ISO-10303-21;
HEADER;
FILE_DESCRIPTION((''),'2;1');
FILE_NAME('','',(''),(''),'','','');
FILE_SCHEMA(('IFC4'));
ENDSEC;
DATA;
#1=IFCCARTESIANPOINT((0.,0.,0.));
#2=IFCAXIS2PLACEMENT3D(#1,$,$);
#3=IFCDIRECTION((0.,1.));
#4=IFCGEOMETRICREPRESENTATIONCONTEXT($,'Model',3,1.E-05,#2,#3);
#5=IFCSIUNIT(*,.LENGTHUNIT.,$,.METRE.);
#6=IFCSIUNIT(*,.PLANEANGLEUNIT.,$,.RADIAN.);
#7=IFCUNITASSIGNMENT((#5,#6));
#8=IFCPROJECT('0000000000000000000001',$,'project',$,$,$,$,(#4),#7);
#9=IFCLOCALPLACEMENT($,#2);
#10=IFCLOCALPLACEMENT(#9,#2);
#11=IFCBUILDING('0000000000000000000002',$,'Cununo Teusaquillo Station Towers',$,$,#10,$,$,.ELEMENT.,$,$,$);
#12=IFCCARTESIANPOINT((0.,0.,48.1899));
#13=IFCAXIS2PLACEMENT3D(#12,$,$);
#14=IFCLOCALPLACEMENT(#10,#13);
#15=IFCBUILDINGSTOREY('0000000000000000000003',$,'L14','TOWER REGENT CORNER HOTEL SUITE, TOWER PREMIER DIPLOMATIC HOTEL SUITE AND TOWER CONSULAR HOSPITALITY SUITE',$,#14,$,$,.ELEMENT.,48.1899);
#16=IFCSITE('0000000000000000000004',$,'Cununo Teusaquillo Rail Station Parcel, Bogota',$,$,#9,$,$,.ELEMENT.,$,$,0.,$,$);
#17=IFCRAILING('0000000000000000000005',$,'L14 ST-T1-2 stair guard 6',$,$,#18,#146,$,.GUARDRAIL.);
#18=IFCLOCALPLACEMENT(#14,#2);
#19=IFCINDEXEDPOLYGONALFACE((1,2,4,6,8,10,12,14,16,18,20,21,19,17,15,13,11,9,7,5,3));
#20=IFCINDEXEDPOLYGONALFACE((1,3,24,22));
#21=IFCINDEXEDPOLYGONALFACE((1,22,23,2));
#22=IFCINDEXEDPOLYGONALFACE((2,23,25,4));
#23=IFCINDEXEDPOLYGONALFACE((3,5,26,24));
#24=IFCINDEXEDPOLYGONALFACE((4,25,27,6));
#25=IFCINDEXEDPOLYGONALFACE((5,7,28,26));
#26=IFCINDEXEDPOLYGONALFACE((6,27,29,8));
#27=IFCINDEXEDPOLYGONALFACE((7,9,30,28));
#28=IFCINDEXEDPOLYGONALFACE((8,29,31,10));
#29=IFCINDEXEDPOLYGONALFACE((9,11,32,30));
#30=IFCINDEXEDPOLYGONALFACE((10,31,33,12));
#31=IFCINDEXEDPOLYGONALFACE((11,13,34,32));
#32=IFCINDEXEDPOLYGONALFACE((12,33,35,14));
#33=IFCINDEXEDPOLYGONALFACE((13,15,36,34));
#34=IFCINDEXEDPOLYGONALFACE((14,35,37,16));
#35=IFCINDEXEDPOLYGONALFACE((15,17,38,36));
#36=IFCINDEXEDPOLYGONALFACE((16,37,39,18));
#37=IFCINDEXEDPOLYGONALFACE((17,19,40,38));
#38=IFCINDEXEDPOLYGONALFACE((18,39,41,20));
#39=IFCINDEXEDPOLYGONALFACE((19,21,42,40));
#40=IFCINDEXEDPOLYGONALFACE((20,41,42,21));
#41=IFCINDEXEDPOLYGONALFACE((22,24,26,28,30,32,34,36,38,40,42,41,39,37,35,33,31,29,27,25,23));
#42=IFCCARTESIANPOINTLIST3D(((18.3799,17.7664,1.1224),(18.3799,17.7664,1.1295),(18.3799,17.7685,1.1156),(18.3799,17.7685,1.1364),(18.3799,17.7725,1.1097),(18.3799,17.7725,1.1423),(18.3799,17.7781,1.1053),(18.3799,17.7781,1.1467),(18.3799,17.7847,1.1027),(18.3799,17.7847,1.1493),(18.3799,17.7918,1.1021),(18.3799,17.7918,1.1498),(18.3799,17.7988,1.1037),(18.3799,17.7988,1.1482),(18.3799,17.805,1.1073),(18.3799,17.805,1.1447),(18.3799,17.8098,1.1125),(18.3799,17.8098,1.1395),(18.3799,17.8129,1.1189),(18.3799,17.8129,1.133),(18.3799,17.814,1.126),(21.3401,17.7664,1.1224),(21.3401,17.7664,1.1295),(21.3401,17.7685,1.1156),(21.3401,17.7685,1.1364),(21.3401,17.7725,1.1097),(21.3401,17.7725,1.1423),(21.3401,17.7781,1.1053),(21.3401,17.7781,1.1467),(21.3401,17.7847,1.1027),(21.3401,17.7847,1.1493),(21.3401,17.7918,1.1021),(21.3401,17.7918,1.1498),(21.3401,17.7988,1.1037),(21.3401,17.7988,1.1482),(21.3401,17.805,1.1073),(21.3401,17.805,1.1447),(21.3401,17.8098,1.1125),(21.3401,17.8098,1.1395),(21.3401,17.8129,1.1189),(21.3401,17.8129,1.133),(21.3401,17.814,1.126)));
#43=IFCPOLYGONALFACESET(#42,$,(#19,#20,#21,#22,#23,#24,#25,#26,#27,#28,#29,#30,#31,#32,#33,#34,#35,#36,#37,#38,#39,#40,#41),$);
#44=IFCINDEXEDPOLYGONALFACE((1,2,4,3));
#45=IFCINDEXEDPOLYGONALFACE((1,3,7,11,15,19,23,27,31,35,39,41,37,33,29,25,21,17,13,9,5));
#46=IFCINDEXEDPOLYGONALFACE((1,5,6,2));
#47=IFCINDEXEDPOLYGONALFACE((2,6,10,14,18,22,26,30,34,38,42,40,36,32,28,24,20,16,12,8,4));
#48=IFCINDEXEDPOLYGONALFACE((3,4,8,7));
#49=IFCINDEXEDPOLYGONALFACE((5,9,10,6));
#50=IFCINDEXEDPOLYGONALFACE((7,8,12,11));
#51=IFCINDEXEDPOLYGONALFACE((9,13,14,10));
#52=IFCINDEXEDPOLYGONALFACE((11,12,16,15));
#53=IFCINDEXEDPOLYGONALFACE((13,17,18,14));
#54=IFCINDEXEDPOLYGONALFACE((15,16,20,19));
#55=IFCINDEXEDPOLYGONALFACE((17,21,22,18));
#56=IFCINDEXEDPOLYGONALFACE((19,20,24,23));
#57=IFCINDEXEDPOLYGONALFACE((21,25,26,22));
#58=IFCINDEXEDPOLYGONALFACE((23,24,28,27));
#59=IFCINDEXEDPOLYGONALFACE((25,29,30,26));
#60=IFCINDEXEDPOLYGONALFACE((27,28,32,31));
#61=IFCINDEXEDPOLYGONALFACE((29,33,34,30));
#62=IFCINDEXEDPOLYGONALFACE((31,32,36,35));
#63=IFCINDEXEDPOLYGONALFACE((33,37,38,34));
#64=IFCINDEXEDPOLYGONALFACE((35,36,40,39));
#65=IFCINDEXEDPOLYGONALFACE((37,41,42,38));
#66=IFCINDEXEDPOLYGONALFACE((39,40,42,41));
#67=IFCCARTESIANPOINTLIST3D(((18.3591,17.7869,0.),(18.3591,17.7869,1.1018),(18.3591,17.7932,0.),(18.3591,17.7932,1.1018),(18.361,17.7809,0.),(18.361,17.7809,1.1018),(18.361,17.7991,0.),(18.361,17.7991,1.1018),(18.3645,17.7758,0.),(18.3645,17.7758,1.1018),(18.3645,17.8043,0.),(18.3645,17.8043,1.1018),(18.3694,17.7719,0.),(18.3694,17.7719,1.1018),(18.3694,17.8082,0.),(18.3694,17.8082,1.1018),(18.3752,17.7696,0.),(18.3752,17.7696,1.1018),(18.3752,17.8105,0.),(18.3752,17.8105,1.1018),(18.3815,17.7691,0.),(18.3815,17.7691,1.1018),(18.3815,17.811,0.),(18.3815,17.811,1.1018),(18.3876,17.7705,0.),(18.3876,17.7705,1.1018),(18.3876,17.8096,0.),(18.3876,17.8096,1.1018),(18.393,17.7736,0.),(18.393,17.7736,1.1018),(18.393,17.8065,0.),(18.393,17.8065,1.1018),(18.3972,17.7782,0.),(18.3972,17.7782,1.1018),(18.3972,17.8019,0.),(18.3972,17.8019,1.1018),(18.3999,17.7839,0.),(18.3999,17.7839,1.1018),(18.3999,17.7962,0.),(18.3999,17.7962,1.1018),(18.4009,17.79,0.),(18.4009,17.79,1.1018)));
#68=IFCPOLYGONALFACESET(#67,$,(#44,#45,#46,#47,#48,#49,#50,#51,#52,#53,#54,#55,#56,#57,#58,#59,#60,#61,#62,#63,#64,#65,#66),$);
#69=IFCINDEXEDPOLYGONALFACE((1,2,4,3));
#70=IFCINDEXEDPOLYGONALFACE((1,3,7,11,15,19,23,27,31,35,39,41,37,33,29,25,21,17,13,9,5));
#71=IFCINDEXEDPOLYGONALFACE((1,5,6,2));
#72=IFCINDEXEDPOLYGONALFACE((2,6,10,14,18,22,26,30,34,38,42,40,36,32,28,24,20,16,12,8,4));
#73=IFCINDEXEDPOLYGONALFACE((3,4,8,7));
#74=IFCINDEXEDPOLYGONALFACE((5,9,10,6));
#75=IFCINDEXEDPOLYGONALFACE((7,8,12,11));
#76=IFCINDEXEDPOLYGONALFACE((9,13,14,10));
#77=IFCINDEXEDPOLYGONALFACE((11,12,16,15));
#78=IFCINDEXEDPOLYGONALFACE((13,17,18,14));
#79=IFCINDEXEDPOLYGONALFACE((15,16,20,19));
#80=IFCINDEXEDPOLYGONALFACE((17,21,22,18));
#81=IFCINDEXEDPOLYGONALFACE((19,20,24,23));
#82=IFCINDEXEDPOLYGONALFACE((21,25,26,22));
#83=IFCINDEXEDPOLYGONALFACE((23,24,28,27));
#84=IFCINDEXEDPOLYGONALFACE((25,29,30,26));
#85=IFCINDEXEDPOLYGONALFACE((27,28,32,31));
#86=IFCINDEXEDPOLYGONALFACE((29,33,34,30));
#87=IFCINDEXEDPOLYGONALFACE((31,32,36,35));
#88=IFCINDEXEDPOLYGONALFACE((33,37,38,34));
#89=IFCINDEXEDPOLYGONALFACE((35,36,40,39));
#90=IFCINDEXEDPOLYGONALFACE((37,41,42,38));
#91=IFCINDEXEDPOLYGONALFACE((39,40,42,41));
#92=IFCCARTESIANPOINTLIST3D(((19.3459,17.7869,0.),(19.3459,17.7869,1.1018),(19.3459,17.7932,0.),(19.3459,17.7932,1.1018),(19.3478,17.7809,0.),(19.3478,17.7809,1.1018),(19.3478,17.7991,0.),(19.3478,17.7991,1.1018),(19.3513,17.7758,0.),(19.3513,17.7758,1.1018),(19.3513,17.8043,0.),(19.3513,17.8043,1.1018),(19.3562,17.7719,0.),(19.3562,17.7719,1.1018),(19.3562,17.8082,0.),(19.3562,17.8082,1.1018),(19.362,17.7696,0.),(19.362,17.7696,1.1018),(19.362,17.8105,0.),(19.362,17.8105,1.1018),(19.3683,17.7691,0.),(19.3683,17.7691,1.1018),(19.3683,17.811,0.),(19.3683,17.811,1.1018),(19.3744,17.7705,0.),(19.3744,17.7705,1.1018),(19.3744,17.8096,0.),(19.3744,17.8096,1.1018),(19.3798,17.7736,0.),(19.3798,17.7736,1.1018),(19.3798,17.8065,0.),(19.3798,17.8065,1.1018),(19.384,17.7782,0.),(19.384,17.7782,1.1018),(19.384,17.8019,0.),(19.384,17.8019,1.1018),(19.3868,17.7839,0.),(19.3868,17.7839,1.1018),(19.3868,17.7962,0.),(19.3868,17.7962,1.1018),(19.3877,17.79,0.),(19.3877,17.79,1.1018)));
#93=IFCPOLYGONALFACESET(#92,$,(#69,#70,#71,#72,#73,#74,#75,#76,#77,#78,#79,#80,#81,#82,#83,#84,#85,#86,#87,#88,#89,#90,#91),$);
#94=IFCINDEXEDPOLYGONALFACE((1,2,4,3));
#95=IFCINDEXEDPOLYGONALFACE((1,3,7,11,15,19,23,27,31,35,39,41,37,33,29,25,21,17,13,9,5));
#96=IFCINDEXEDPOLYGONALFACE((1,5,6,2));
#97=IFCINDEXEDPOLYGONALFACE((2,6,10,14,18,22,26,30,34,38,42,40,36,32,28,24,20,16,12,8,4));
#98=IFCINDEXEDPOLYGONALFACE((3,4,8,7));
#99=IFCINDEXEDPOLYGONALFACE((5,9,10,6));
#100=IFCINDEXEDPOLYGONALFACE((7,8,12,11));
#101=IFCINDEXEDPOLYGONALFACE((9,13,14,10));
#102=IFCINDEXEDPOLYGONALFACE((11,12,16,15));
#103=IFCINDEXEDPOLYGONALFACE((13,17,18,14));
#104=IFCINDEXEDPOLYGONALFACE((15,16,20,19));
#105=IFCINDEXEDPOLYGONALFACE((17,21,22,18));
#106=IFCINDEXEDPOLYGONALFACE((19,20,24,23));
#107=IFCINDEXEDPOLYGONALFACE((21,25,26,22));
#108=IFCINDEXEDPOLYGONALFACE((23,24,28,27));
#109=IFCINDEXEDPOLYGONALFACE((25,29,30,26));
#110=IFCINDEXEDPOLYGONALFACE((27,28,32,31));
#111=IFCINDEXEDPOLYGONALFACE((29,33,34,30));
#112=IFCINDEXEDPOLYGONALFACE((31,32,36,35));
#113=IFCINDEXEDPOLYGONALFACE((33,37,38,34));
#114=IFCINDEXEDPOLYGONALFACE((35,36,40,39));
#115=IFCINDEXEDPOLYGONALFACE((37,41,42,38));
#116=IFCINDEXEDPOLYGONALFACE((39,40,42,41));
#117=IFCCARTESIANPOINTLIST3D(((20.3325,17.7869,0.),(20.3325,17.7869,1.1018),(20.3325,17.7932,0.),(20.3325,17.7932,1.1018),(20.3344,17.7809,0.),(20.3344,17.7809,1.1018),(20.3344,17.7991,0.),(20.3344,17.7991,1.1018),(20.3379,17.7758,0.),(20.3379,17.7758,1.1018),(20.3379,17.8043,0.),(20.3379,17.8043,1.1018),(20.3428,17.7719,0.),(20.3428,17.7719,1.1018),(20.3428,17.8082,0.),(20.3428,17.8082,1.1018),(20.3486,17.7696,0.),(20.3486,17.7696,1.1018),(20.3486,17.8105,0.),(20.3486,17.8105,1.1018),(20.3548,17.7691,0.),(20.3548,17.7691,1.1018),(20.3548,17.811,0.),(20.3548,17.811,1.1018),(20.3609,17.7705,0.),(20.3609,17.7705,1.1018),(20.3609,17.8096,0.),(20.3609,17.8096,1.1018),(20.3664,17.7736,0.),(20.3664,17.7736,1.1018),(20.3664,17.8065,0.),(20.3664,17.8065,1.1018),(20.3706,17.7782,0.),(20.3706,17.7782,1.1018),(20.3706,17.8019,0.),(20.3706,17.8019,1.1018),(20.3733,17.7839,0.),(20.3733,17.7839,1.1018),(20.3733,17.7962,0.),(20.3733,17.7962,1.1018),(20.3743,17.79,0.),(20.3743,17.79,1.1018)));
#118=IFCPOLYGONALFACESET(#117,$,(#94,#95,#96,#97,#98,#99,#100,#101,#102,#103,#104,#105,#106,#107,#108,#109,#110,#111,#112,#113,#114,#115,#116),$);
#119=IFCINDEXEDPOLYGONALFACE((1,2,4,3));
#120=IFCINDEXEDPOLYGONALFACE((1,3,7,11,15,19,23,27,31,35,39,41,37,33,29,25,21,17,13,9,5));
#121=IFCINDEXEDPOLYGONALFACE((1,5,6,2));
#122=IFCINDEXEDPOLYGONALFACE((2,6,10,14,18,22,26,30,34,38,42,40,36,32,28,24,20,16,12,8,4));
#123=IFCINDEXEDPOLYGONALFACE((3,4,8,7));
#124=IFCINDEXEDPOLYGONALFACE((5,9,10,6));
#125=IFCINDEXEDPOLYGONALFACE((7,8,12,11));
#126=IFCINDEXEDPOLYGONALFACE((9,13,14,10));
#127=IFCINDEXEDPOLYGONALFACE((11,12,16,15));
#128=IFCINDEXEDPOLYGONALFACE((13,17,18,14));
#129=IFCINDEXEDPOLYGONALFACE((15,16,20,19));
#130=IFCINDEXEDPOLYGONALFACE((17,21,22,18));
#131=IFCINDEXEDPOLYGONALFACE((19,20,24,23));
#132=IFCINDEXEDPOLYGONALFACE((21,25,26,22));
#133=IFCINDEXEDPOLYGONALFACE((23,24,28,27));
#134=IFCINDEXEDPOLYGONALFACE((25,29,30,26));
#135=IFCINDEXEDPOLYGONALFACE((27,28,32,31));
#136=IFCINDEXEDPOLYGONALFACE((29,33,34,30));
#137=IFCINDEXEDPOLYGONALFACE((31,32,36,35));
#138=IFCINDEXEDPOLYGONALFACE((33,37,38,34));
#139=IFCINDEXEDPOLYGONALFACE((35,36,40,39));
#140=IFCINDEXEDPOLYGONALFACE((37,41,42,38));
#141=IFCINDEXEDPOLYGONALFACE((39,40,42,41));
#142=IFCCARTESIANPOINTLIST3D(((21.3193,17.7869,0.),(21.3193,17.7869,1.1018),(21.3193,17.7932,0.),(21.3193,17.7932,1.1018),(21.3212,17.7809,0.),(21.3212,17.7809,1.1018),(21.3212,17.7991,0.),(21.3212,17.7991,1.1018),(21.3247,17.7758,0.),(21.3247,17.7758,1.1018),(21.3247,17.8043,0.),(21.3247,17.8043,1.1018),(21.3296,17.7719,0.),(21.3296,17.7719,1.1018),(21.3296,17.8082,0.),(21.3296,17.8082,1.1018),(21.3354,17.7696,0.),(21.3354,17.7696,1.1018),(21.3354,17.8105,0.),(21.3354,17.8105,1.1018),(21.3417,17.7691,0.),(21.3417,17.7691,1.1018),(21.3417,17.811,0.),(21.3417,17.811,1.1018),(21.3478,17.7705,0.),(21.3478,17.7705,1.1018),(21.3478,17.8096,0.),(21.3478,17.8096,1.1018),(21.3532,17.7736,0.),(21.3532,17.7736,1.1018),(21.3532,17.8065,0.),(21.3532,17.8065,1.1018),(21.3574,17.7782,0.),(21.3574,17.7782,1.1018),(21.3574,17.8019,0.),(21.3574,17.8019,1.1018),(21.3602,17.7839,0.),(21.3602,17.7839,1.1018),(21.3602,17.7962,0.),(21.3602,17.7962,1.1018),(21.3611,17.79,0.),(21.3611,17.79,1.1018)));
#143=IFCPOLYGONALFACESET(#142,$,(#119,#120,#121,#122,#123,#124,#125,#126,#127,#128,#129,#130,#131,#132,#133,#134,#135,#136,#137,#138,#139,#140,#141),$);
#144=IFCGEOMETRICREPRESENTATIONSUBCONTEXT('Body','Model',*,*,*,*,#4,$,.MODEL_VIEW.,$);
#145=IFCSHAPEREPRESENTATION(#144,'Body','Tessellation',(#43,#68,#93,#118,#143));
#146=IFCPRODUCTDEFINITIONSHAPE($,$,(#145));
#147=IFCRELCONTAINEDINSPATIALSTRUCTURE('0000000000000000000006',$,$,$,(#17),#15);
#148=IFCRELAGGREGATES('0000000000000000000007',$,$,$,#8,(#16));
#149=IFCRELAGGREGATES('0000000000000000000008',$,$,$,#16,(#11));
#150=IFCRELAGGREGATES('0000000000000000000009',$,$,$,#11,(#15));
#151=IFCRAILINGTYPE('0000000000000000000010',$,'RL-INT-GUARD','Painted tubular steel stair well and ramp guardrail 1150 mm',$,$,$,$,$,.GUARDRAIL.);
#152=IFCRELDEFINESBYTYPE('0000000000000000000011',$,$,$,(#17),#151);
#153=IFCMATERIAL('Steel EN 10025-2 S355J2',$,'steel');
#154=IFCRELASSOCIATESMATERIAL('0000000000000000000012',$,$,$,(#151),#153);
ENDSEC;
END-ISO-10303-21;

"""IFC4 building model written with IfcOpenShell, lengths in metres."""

from ifc_helpers import new_model, si_unit, direction, frame, origin, origin_2d, place, context, subcontext, project, spatial, circle, extrude, material, type_object, element, save


model = new_model("IFC4")

# Units and contexts
model_context = context("Model", 3, precision=1e-05, world=origin(), true_north=direction((0.0, 1.0)))
body_context = subcontext(model_context, "Body", "Model", "MODEL_VIEW")
ifc_project = project(units=[si_unit("LENGTHUNIT", "METRE"), si_unit("PLANEANGLEUNIT", "RADIAN")], contexts=[model_context])

# Site, building, storey
site_placement = place(None, origin())
site = spatial("IfcSite", under=ifc_project, at=site_placement, Name="Cununo Teusaquillo Rail Station Parcel, Bogota", CompositionType="ELEMENT", RefElevation=0.0)
building_placement = place(site_placement, origin())
building = spatial("IfcBuilding", under=site, at=building_placement, Name="Cununo Teusaquillo Station Towers", CompositionType="ELEMENT")
storey_placement = place(building_placement, frame((0.0, 0.0, 48.1899)))
storey = spatial("IfcBuildingStorey", under=building, at=storey_placement, Name="L14", Description="TOWER REGENT CORNER HOTEL SUITE, TOWER PREMIER DIPLOMATIC HOTEL SUITE AND TOWER CONSULAR HOSPITALITY SUITE", CompositionType="ELEMENT", Elevation=48.1899)

# Railing
ifc_material_1 = material(Name="Steel EN 10025-2 S355J2", Category="steel")
railing_type_1 = type_object("IfcRailingType", Name="RL-INT-GUARD", Description="Painted tubular steel stair well and ramp guardrail 1150 mm", PredefinedType="GUARDRAIL", material=ifc_material_1)
railing_1_placement = place(storey_placement, frame((18.3799, 17.79, 0.0)))
element("IfcRailing", 1, at=railing_1_placement, inside=storey, type_object=railing_type_1, Name="L14 ST-T1-2 stair guard 6", PredefinedType="GUARDRAIL", context=body_context, shape_type="SweptSolid", body=[
    extrude(circle(Radius=0.0239, at=origin_2d()), frame((0.0, 0.0, 1.126), z_axis=(1.0, 0.0, 0.0), x_axis=(0.0, 1.0, 0.0)), (0.0, 0.0, 1.0), 2.9602),
    extrude(circle(Radius=0.021, at=origin_2d()), origin(), (0.0, 0.0, 1.0), 1.1018),
    extrude(circle(Radius=0.021, at=origin_2d()), frame((0.9868, 0.0, 0.0)), (0.0, 0.0, 1.0), 1.1018),
    extrude(circle(Radius=0.021, at=origin_2d()), frame((1.9734, 0.0, 0.0)), (0.0, 0.0, 1.0), 1.1018),
    extrude(circle(Radius=0.021, at=origin_2d()), frame((2.9602, 0.0, 0.0)), (0.0, 0.0, 1.0), 1.1018),
])

save(model, "model.ifc")
